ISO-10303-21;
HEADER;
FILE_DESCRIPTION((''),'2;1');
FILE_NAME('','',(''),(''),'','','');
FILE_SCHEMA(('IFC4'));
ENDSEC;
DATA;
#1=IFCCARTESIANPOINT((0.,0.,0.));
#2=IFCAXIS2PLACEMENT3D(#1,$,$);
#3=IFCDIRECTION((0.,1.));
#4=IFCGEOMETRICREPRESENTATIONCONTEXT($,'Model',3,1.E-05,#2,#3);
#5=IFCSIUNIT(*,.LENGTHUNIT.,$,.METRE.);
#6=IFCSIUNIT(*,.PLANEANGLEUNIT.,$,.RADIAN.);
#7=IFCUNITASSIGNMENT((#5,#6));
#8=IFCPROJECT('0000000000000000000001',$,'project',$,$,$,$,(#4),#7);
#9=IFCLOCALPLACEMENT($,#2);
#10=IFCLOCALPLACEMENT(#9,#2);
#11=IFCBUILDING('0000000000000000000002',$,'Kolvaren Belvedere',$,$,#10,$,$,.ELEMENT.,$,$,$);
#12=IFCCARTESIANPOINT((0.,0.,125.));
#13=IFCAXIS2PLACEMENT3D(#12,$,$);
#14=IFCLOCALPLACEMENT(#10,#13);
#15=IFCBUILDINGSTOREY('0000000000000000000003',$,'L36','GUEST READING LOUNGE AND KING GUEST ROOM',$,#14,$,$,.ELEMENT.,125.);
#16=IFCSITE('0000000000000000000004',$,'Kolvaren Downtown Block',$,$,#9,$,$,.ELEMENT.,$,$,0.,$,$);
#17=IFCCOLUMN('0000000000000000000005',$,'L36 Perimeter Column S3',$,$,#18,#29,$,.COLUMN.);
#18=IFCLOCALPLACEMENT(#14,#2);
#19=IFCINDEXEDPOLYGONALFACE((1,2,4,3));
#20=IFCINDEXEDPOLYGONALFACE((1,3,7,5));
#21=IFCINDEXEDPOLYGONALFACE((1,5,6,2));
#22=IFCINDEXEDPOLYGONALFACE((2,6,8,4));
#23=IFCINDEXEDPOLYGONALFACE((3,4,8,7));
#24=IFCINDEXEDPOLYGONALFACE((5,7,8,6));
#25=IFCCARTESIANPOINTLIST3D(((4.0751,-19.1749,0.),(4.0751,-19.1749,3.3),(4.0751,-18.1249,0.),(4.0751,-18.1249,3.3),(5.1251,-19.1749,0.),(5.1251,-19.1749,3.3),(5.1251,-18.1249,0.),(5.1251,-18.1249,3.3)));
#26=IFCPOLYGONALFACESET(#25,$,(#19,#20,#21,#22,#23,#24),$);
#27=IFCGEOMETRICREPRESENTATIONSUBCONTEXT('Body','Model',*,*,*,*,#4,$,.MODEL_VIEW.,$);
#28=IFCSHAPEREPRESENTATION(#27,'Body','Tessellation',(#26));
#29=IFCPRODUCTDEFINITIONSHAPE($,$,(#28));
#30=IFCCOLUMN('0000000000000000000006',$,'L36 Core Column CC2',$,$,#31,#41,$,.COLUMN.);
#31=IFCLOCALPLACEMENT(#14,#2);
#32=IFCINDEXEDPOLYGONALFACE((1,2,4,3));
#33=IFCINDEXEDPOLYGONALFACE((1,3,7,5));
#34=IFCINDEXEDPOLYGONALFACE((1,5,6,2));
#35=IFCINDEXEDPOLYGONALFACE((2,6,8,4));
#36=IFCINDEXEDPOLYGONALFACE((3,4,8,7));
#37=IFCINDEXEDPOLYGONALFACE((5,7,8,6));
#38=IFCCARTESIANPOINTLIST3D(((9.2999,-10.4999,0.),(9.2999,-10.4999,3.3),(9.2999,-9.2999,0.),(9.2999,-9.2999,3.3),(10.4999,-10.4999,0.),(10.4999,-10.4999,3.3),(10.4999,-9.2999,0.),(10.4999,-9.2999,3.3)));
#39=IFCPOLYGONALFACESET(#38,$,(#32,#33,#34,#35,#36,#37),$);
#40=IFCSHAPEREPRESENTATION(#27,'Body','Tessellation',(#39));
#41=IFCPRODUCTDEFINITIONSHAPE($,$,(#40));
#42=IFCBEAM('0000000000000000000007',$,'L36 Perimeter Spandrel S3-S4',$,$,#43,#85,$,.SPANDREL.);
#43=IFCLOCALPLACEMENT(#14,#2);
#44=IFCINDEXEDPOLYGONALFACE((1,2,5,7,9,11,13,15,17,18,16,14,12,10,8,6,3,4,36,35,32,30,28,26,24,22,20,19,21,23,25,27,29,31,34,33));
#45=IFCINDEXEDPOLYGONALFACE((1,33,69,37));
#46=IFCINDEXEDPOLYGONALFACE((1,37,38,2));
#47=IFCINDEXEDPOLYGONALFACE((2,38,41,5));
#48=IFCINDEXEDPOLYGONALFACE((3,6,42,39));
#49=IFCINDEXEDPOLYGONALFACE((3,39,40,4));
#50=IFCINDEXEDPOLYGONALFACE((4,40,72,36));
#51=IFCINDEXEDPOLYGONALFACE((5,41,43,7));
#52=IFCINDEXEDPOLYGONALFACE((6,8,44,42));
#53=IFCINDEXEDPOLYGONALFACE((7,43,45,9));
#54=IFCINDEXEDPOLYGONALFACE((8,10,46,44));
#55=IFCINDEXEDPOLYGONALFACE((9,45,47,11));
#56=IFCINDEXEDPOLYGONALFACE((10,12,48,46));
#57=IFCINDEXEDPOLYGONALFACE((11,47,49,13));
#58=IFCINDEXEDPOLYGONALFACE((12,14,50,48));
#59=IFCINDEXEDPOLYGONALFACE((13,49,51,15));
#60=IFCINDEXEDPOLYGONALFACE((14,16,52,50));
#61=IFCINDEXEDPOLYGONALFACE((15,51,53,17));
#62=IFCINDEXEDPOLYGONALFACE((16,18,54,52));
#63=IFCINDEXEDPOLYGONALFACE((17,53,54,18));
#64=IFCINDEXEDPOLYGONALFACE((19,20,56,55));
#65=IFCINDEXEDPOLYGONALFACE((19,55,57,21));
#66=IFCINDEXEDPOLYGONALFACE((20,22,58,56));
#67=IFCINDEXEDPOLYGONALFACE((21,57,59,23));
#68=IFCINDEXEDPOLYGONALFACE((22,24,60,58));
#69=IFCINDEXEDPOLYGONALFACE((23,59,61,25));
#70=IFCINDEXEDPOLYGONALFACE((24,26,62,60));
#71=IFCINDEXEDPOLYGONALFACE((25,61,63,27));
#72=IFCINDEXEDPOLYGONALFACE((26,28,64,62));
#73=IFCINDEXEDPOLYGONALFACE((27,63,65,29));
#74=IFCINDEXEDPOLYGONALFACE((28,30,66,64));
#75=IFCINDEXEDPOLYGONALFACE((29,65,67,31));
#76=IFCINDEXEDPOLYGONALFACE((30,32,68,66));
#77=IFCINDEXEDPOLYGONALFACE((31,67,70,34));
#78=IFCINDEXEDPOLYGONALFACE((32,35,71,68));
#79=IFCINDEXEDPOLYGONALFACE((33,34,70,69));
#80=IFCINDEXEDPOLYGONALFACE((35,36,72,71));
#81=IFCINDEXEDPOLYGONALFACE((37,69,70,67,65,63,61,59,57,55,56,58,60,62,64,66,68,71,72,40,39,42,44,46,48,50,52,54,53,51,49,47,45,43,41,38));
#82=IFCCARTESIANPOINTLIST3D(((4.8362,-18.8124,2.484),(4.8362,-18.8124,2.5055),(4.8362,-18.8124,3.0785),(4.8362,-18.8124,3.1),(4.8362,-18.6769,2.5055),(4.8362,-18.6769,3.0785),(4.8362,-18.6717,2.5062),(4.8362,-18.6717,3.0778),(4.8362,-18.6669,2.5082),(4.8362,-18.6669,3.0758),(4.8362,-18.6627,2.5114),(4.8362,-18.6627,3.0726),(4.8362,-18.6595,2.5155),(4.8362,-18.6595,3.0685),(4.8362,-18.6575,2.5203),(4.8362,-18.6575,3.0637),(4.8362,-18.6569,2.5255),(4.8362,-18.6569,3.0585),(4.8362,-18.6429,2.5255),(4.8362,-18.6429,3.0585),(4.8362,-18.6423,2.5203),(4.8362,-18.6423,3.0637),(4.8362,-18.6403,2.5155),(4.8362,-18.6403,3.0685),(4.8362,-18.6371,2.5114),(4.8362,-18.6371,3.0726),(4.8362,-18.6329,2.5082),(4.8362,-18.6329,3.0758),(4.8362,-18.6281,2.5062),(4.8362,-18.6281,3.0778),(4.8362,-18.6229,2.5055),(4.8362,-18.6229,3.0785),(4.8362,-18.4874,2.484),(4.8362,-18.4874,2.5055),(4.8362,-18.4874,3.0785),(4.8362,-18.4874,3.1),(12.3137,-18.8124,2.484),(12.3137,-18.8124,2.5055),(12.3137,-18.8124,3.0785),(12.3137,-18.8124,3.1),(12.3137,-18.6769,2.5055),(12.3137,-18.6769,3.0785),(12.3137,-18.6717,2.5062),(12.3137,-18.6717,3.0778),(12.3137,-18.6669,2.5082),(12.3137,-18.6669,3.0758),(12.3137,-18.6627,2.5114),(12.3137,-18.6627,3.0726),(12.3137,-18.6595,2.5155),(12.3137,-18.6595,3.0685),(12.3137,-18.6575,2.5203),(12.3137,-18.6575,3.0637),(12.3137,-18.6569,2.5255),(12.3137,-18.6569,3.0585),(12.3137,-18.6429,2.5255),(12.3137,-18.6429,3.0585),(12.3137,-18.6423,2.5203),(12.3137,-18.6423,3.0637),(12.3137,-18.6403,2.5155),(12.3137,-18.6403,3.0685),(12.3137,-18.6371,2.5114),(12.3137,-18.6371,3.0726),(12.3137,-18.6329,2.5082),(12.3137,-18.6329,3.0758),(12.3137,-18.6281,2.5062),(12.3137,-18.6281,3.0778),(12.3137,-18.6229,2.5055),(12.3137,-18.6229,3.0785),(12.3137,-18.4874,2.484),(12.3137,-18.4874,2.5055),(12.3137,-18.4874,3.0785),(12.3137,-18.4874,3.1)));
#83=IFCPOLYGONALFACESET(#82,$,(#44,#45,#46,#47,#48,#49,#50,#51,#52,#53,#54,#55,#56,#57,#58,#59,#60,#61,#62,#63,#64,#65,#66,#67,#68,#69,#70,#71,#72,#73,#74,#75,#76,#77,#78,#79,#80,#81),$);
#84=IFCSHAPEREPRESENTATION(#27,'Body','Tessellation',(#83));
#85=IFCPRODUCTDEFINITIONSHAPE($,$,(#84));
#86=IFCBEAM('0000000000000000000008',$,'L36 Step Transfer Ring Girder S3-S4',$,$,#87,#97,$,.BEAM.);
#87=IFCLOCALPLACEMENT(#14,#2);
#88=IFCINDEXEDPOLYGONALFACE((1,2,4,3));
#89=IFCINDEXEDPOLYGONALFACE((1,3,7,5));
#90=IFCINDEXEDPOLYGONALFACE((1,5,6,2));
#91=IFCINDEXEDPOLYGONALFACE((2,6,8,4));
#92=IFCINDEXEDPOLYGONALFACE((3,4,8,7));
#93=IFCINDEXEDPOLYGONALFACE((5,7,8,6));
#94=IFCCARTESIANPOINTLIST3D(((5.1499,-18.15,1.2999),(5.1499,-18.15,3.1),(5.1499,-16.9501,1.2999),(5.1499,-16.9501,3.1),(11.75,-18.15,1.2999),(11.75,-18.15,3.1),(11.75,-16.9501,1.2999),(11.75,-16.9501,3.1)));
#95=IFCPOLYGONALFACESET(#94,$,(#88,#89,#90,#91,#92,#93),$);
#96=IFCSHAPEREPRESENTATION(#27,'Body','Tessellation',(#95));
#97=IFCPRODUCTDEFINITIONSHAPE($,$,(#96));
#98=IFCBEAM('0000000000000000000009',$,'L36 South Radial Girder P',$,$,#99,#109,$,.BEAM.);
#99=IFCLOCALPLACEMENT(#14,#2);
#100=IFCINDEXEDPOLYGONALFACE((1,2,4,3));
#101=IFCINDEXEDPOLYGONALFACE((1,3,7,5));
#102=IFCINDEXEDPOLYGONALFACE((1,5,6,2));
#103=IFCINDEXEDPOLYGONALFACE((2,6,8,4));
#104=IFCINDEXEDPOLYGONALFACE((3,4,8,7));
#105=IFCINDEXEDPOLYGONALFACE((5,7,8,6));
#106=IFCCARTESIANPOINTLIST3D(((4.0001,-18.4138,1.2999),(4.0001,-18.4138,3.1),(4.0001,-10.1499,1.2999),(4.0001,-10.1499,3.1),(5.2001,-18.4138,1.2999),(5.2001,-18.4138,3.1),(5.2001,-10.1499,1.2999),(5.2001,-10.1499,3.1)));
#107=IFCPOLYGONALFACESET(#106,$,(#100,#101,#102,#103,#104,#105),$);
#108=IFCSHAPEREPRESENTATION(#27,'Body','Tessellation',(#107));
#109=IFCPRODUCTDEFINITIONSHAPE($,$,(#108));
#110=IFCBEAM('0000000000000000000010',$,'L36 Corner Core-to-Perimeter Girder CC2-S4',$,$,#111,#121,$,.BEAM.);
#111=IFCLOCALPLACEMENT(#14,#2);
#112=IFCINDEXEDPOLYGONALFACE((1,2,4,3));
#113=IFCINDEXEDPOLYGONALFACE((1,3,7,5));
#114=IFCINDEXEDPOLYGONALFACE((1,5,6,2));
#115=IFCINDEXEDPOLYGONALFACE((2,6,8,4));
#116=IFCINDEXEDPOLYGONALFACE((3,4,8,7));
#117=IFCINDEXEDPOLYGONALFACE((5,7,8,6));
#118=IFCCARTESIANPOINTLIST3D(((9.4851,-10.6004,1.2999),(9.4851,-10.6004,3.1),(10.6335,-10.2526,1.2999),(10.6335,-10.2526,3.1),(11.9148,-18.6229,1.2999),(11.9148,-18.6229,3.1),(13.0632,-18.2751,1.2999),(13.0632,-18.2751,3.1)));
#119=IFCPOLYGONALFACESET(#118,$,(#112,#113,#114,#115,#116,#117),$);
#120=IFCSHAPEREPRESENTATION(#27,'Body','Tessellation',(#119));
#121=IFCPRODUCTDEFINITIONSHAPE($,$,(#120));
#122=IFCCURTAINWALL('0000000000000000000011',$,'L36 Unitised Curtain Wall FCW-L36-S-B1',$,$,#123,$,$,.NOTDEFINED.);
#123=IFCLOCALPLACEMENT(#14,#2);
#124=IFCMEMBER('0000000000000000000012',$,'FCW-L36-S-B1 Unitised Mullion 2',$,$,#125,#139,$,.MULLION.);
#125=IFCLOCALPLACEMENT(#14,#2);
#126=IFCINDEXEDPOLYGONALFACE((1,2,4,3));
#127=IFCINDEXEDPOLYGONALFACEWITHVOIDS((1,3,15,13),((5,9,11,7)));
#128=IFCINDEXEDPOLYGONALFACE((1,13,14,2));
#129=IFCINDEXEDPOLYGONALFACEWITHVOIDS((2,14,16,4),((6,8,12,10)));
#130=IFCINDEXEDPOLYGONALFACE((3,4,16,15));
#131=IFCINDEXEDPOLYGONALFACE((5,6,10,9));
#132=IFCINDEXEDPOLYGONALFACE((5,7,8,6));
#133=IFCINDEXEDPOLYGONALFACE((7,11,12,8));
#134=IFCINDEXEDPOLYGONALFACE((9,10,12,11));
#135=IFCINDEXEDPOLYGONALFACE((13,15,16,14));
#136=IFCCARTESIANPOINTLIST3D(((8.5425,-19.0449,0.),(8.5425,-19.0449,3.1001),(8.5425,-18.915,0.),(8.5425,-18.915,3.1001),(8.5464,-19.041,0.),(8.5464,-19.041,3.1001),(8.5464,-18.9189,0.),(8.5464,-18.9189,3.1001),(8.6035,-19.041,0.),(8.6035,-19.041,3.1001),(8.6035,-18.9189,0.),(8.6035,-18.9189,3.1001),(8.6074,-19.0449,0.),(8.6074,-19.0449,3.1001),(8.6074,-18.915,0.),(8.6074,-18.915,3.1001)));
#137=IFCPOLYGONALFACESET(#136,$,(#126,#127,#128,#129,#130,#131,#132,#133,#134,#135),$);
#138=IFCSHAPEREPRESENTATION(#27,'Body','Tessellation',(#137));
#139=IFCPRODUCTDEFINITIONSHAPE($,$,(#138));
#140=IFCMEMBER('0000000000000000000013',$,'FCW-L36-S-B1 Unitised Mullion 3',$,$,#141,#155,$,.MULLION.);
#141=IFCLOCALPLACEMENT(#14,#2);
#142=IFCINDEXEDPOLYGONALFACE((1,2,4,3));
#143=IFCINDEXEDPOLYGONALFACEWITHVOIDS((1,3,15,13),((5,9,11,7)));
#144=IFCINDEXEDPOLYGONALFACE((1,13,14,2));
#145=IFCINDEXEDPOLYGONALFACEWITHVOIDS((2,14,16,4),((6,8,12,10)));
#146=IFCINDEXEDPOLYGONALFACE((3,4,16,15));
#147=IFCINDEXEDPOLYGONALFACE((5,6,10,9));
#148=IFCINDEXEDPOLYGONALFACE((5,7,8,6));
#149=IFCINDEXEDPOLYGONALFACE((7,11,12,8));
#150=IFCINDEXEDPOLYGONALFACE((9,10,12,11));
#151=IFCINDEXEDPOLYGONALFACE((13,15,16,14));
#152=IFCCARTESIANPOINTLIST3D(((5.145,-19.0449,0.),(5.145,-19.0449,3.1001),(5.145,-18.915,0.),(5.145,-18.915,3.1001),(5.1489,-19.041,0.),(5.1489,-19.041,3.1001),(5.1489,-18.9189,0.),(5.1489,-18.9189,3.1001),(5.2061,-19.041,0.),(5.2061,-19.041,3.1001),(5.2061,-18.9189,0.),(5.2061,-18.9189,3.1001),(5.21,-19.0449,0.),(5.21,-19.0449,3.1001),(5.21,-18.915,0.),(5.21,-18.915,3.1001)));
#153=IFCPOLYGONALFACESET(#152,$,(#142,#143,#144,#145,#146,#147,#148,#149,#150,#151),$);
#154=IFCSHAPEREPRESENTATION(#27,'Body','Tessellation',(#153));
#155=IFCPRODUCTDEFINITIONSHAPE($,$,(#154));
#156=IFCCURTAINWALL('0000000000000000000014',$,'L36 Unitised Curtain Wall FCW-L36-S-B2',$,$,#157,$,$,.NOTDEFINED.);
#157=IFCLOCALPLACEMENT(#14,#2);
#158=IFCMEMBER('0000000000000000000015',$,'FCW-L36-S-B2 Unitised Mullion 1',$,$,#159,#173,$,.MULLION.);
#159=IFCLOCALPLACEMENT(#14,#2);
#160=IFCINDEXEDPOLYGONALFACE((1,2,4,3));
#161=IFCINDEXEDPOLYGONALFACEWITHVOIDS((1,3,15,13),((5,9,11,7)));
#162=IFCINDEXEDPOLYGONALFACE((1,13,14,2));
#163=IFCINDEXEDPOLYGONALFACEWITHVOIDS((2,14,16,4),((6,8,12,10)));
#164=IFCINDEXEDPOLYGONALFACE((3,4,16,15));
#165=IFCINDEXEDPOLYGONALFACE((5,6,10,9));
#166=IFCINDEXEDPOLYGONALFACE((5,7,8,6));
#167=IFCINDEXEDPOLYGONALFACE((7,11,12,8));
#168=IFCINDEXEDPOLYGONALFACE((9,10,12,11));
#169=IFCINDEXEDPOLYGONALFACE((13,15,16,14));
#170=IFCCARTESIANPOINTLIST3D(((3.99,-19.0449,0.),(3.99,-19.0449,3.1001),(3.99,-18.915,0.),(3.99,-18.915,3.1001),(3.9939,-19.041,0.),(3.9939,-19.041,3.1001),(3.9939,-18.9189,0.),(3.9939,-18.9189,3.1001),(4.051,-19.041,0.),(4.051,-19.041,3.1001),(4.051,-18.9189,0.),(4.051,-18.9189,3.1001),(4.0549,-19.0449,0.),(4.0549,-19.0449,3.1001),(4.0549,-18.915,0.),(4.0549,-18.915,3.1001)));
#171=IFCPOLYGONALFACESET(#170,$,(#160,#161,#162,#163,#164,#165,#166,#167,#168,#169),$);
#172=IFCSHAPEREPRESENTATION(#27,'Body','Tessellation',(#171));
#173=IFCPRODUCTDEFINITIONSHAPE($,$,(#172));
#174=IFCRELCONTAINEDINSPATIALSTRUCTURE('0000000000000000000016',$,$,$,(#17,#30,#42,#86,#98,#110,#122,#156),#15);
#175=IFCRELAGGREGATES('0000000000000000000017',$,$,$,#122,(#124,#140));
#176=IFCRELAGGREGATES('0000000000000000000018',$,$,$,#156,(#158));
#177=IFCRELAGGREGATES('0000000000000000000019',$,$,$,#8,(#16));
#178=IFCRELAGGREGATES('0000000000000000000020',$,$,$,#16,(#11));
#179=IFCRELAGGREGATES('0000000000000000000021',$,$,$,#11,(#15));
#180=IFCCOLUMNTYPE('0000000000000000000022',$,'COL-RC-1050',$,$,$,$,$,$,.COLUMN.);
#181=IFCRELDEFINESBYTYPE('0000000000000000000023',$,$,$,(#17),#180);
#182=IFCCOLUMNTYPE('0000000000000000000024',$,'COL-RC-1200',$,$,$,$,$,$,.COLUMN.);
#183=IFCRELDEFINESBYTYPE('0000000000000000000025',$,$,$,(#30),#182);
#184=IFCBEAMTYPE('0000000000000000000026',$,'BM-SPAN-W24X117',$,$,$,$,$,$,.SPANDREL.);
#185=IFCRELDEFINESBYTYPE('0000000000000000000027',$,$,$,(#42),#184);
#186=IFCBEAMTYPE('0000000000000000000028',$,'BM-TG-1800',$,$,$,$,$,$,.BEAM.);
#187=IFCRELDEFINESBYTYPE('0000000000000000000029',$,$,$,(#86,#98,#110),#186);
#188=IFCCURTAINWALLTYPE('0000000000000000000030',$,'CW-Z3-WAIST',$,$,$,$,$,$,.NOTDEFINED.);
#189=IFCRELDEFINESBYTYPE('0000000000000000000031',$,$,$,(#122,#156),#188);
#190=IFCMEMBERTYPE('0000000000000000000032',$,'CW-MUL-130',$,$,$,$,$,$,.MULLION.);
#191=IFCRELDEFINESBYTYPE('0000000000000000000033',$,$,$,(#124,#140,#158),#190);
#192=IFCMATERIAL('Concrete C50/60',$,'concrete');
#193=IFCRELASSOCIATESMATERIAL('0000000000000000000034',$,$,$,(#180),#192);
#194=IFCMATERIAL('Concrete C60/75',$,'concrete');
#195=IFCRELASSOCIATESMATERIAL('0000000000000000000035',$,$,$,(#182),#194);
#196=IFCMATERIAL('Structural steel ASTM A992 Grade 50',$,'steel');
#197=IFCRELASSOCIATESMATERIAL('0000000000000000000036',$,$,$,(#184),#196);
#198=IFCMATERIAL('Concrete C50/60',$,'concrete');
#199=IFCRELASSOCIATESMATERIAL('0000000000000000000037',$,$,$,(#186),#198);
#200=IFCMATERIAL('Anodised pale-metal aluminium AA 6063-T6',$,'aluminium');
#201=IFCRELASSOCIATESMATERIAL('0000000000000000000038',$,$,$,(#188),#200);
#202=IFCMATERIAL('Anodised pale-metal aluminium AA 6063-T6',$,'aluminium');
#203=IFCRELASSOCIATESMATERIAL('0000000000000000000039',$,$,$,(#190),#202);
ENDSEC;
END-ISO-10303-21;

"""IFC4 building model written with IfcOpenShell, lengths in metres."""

from ifc_helpers import new_model, si_unit, direction, frame, origin, origin_2d, place, context, subcontext, project, spatial, rectangle, hollow_rectangle, i_section, extrude, material, material_profile, profile_set, type_object, element, aggregate, save


model = new_model("IFC4")

# Units and contexts
model_context = context("Model", 3, precision=1e-05, world=origin(), true_north=direction((0.0, 1.0)))
body_context = subcontext(model_context, "Body", "Model", "MODEL_VIEW")
ifc_project = project(units=[si_unit("LENGTHUNIT", "METRE"), si_unit("PLANEANGLEUNIT", "RADIAN")], contexts=[model_context])

# Site, building, storey
site_placement = place(None, origin())
site = spatial("IfcSite", under=ifc_project, at=site_placement, Name="Kolvaren Downtown Block", CompositionType="ELEMENT", RefElevation=0.0)
building_placement = place(site_placement, origin())
building = spatial("IfcBuilding", under=site, at=building_placement, Name="Kolvaren Belvedere", CompositionType="ELEMENT")
storey_placement = place(building_placement, frame((0.0, 0.0, 125.0)))
storey = spatial("IfcBuildingStorey", under=building, at=storey_placement, Name="L36", Description="GUEST READING LOUNGE AND KING GUEST ROOM", CompositionType="ELEMENT", Elevation=125.0)

# Columns
ifc_material_1 = material(Name="Concrete C50/60", Category="concrete")
ifc_material_profile_1 = material_profile(ifc_material_1, rectangle(XDim=1.05, YDim=1.05, at=origin_2d()), Name="RC 1050X1050")
ifc_profile_set_1 = profile_set([ifc_material_profile_1], Name="Concrete C50/60")
column_type_1 = type_object("IfcColumnType", Name="COL-RC-1050", PredefinedType="COLUMN", material=ifc_profile_set_1)
column_1_placement = place(storey_placement, frame((4.6001, -18.6499, 0.0), z_axis=(0.0, 0.0, 1.0), x_axis=(1.0, 0.0, 0.0)))
element("IfcColumn", 1, at=column_1_placement, inside=storey, type_object=column_type_1, Name="L36 Perimeter Column S3", PredefinedType="COLUMN", context=body_context, shape_type="SweptSolid", body=[
    extrude(rectangle(XDim=1.05, YDim=1.05, at=origin_2d()), origin(), (0.0, 0.0, 1.0), 3.3),
])
ifc_material_2 = material(Name="Concrete C60/75", Category="concrete")
ifc_material_profile_2 = material_profile(ifc_material_2, rectangle(XDim=1.2, YDim=1.2, at=origin_2d()), Name="RC 1200X1200")
ifc_profile_set_2 = profile_set([ifc_material_profile_2], Name="Concrete C60/75")
column_type_2 = type_object("IfcColumnType", Name="COL-RC-1200", PredefinedType="COLUMN", material=ifc_profile_set_2)
column_2_placement = place(storey_placement, frame((9.8999, -9.8999, 0.0), z_axis=(0.0, 0.0, 1.0), x_axis=(1.0, 0.0, 0.0)))
element("IfcColumn", 2, at=column_2_placement, inside=storey, type_object=column_type_2, Name="L36 Core Column CC2", PredefinedType="COLUMN", context=body_context, shape_type="SweptSolid", body=[
    extrude(rectangle(XDim=1.2, YDim=1.2, at=origin_2d()), origin(), (0.0, 0.0, 1.0), 3.3),
])

# Beams
ifc_material_3 = material(Name="Structural steel ASTM A992 Grade 50", Category="steel")
ifc_material_profile_3 = material_profile(ifc_material_3, i_section(OverallWidth=0.325, OverallDepth=0.616, WebThickness=0.0139, FlangeThickness=0.0215, FilletRadius=0.02, at=origin_2d()), Name="W24X117")
ifc_profile_set_3 = profile_set([ifc_material_profile_3], Name="Structural steel ASTM A992 Grade 50")
beam_type_1 = type_object("IfcBeamType", Name="BM-SPAN-W24X117", PredefinedType="SPANDREL", material=ifc_profile_set_3)
beam_1_placement = place(storey_placement, frame((4.8362, -18.6499, 2.792), z_axis=(1.0, 0.0, 0.0), x_axis=(0.0, 1.0, 0.0)))
element("IfcBeam", 3, at=beam_1_placement, inside=storey, type_object=beam_type_1, Name="L36 Perimeter Spandrel S3-S4", PredefinedType="SPANDREL", context=body_context, shape_type="SweptSolid", body=[
    extrude(i_section(OverallWidth=0.325, OverallDepth=0.616, WebThickness=0.0139, FlangeThickness=0.0215, FilletRadius=0.02, at=origin_2d()), origin(), (0.0, 0.0, 1.0), 7.4775),
])
ifc_material_4 = material(Name="Concrete C50/60", Category="concrete")
ifc_material_profile_4 = material_profile(ifc_material_4, rectangle(XDim=1.2, YDim=1.8, at=origin_2d()), Name="RC 1200X1800")
ifc_profile_set_4 = profile_set([ifc_material_profile_4], Name="Concrete C50/60")
beam_type_2 = type_object("IfcBeamType", Name="BM-TG-1800", PredefinedType="BEAM", material=ifc_profile_set_4)
beam_2_placement = place(storey_placement, frame((5.1499, -17.55, 2.2), z_axis=(1.0, 0.0, 0.0), x_axis=(0.0, 1.0, 0.0)))
element("IfcBeam", 4, at=beam_2_placement, inside=storey, type_object=beam_type_2, Name="L36 Step Transfer Ring Girder S3-S4", PredefinedType="BEAM", context=body_context, shape_type="SweptSolid", body=[
    extrude(rectangle(XDim=1.2, YDim=1.8, at=origin_2d()), origin(), (0.0, 0.0, 1.0), 6.6001),
])
beam_3_placement = place(storey_placement, frame((4.6001, -10.1499, 2.2), z_axis=(0.0, -1.0, 0.0), x_axis=(1.0, 0.0, 0.0)))
element("IfcBeam", 5, at=beam_3_placement, inside=storey, type_object=beam_type_2, Name="L36 South Radial Girder P", PredefinedType="BEAM", context=body_context, shape_type="SweptSolid", body=[
    extrude(rectangle(XDim=1.2, YDim=1.8, at=origin_2d()), origin(), (0.0, 0.0, 1.0), 8.2639),
])
beam_4_placement = place(storey_placement, frame((10.0593, -10.4265, 2.2), z_axis=(0.289859, -0.957069, 0.0), x_axis=(0.957069, 0.289859, 0.0)))
element("IfcBeam", 6, at=beam_4_placement, inside=storey, type_object=beam_type_2, Name="L36 Corner Core-to-Perimeter Girder CC2-S4", PredefinedType="BEAM", context=body_context, shape_type="SweptSolid", body=[
    extrude(rectangle(XDim=1.2, YDim=1.8, at=origin_2d()), origin(), (0.0, 0.0, 1.0), 8.3823),
])

# Curtain walls, members
ifc_material_5 = material(Name="Anodised pale-metal aluminium AA 6063-T6", Category="aluminium")
curtain_wall_type = type_object("IfcCurtainWallType", Name="CW-Z3-WAIST", PredefinedType="NOTDEFINED", material=ifc_material_5)
curtain_wall_1_placement = place(storey_placement, origin())
curtain_wall_1 = element("IfcCurtainWall", 7, at=curtain_wall_1_placement, inside=storey, type_object=curtain_wall_type, Name="L36 Unitised Curtain Wall FCW-L36-S-B1", PredefinedType="NOTDEFINED")
ifc_material_6 = material(Name="Anodised pale-metal aluminium AA 6063-T6", Category="aluminium")
ifc_material_profile_5 = material_profile(ifc_material_6, hollow_rectangle(XDim=0.0649, YDim=0.1299, WallThickness=0.0039, at=origin_2d()), Name="ALU-MUL-130X65")
ifc_profile_set_5 = profile_set([ifc_material_profile_5], Name="Anodised pale-metal aluminium AA 6063-T6")
member_type_1 = type_object("IfcMemberType", Name="CW-MUL-130", PredefinedType="MULLION", material=ifc_profile_set_5)
member_1_placement = place(storey_placement, frame((8.575, -18.98, 0.0), z_axis=(0.0, 0.0, 1.0), x_axis=(1.0, 0.0, 0.0)))
member_1 = element("IfcMember", 8, at=member_1_placement, type_object=member_type_1, Name="FCW-L36-S-B1 Unitised Mullion 2", PredefinedType="MULLION", context=body_context, shape_type="SweptSolid", body=[
    extrude(hollow_rectangle(XDim=0.0649, YDim=0.1299, WallThickness=0.0039, at=origin_2d()), origin(), (0.0, 0.0, 1.0), 3.1001),
])
member_2_placement = place(storey_placement, frame((5.1775, -18.98, 0.0), z_axis=(0.0, 0.0, 1.0), x_axis=(1.0, 0.0, 0.0)))
member_2 = element("IfcMember", 9, at=member_2_placement, type_object=member_type_1, Name="FCW-L36-S-B1 Unitised Mullion 3", PredefinedType="MULLION", context=body_context, shape_type="SweptSolid", body=[
    extrude(hollow_rectangle(XDim=0.0649, YDim=0.1299, WallThickness=0.0039, at=origin_2d()), origin(), (0.0, 0.0, 1.0), 3.1001),
])
curtain_wall_2_placement = place(storey_placement, origin())
curtain_wall_2 = element("IfcCurtainWall", 10, at=curtain_wall_2_placement, inside=storey, type_object=curtain_wall_type, Name="L36 Unitised Curtain Wall FCW-L36-S-B2", PredefinedType="NOTDEFINED")
member_3_placement = place(storey_placement, frame((4.0225, -18.98, 0.0), z_axis=(0.0, 0.0, 1.0), x_axis=(1.0, 0.0, 0.0)))
member_3 = element("IfcMember", 11, at=member_3_placement, type_object=member_type_1, Name="FCW-L36-S-B2 Unitised Mullion 1", PredefinedType="MULLION", context=body_context, shape_type="SweptSolid", body=[
    extrude(hollow_rectangle(XDim=0.0649, YDim=0.1299, WallThickness=0.0039, at=origin_2d()), origin(), (0.0, 0.0, 1.0), 3.1001),
])

aggregate(curtain_wall_1, [member_1, member_2])
aggregate(curtain_wall_2, [member_3])

save(model, "model.ifc")
